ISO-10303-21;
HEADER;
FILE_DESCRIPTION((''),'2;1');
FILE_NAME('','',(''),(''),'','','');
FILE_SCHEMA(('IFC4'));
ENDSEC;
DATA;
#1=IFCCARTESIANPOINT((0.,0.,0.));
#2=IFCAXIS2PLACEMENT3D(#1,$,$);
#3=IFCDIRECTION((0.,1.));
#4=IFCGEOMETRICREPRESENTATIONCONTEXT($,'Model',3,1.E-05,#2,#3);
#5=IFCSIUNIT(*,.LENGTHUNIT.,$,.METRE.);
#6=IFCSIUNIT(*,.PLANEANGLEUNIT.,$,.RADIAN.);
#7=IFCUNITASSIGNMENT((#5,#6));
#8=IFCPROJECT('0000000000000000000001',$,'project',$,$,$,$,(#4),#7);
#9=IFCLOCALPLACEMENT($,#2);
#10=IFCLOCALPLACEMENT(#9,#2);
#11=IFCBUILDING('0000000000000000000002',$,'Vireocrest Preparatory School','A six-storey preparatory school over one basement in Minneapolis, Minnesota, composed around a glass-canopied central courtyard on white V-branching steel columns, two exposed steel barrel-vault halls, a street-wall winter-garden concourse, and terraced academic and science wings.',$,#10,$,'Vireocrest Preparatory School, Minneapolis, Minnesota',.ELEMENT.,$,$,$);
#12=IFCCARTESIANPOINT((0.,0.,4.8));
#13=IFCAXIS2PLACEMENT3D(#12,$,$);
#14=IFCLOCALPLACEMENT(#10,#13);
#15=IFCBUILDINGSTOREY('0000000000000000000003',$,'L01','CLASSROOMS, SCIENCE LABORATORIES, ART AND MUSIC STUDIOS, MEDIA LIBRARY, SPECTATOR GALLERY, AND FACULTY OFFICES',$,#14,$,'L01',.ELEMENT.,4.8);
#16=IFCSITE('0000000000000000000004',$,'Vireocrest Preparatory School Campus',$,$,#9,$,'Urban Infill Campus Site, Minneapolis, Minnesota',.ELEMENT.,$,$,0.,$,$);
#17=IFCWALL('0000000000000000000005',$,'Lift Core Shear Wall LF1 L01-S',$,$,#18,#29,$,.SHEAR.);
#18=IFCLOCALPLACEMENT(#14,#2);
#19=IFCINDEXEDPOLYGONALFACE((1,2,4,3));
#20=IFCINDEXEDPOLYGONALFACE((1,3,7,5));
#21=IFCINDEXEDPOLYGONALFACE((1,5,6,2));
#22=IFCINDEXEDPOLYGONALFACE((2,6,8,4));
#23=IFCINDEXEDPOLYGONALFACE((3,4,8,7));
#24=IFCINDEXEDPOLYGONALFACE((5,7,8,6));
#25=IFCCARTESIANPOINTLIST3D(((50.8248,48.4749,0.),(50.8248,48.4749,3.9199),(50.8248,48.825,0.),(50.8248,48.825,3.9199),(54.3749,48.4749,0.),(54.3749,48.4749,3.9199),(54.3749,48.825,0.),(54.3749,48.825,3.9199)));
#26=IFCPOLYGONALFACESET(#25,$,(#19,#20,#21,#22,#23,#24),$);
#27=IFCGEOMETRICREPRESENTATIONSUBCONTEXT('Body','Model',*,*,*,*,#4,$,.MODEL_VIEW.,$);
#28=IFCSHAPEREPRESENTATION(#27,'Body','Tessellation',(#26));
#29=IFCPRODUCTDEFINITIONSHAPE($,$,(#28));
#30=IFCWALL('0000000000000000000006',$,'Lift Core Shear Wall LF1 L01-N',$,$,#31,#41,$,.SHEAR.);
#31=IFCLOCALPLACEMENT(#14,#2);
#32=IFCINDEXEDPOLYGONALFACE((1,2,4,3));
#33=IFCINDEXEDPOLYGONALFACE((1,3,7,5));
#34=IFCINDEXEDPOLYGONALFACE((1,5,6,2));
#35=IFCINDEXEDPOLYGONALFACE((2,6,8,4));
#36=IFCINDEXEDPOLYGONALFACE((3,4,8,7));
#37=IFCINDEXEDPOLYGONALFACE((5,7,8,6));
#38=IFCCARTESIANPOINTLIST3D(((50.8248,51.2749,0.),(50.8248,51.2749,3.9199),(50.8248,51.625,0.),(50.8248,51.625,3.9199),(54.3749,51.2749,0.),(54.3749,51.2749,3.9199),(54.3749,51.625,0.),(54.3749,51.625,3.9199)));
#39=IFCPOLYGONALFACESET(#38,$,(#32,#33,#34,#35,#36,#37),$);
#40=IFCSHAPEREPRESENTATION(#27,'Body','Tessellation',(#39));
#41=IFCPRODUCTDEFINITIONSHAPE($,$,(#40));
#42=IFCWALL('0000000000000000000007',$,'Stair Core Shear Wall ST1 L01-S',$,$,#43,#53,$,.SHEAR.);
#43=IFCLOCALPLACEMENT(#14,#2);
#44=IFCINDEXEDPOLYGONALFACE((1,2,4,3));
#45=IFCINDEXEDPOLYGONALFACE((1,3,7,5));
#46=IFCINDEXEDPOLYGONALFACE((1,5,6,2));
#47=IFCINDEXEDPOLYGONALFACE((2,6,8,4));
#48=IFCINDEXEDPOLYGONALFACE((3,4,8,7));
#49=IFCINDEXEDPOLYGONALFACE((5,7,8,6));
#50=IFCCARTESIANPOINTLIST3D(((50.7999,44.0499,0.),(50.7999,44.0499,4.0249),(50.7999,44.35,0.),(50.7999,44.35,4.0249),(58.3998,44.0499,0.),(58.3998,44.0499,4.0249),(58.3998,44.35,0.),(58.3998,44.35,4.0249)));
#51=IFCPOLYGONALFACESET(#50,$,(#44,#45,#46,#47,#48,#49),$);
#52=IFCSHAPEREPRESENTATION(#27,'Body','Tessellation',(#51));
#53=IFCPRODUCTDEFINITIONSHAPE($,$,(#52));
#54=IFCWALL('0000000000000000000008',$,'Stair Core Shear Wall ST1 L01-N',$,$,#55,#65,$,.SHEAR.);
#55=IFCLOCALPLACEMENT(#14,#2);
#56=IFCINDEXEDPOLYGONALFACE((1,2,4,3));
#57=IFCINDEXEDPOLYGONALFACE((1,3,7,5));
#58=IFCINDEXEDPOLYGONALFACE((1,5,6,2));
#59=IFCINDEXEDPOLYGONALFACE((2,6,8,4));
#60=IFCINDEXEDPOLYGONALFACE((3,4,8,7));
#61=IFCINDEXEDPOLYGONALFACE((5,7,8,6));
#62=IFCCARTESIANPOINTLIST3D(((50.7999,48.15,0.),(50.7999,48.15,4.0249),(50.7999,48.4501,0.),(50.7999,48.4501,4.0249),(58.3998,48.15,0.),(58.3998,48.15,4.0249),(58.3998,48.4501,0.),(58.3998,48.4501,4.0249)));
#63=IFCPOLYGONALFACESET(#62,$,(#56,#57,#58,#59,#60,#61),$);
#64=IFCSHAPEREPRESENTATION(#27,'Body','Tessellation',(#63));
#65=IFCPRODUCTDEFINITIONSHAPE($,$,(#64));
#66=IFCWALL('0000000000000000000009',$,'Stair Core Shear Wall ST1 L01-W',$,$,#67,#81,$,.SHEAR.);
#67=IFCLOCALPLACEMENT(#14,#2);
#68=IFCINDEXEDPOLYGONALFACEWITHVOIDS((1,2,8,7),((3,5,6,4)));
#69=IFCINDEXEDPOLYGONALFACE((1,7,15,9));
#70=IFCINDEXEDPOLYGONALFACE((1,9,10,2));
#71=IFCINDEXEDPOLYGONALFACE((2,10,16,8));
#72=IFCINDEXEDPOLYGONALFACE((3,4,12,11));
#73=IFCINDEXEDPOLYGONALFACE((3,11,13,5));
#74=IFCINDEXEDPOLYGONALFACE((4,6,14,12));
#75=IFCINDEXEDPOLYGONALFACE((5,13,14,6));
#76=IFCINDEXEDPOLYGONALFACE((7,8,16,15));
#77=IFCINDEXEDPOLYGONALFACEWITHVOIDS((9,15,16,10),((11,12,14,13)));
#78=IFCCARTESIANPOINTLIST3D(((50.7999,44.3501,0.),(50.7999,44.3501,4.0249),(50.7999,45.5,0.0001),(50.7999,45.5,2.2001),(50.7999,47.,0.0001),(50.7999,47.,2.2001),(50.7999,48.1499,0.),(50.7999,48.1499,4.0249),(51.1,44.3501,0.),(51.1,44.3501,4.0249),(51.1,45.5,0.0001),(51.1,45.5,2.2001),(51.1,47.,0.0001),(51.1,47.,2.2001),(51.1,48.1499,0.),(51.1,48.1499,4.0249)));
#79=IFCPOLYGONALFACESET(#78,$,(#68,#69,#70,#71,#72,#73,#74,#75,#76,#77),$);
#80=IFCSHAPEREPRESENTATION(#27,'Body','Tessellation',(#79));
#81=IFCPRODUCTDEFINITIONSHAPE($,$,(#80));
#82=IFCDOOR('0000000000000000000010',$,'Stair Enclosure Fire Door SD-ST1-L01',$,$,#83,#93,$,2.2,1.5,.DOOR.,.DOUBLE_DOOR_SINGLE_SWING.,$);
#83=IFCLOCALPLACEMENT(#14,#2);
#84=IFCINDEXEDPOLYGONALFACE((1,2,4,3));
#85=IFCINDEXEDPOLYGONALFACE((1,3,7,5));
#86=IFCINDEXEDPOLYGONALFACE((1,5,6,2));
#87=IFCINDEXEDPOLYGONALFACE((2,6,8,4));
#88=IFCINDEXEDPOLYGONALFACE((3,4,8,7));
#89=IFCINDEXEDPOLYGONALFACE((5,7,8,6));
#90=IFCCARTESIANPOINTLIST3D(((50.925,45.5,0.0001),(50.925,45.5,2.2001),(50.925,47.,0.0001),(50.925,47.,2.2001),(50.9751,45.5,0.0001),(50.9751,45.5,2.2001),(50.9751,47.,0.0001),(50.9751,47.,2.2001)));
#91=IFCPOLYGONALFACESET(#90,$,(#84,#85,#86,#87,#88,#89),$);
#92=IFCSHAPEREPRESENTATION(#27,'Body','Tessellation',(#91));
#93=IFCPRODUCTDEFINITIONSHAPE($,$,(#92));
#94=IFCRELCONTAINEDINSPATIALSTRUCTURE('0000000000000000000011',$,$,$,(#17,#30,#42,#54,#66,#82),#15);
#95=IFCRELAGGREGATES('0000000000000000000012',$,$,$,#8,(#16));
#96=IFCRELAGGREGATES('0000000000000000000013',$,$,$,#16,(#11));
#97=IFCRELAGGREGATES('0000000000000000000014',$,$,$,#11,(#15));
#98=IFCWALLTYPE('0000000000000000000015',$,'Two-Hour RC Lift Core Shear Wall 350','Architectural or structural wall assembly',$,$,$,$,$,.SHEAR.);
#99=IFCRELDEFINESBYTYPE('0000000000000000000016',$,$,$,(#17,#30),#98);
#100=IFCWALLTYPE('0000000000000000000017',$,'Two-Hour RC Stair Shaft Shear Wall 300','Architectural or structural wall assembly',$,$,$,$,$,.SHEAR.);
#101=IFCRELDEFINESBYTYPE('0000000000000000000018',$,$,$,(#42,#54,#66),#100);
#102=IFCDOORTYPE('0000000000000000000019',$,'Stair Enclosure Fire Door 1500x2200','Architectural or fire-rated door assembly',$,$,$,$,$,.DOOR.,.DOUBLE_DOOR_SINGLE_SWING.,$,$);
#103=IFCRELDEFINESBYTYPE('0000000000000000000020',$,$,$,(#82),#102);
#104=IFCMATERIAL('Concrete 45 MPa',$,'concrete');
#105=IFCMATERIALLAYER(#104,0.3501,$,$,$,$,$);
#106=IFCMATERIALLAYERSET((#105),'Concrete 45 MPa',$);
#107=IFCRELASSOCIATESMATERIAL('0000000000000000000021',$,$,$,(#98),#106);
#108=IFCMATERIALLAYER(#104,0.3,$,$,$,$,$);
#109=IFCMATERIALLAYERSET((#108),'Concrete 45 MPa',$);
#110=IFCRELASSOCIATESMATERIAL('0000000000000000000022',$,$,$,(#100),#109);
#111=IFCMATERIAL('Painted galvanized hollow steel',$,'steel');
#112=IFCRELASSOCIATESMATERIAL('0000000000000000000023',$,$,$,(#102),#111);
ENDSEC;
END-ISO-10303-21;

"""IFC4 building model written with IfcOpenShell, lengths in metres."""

from ifc_helpers import new_model, si_unit, direction, frame, frame_2d, origin, place, context, subcontext, project, spatial, rectangle, extrude, material, layer, layer_set, type_object, element, fill, save


model = new_model("IFC4")

# Units and contexts
model_context = context("Model", 3, precision=1e-05, world=origin(), true_north=direction((0.0, 1.0)))
body_context = subcontext(model_context, "Body", "Model", "MODEL_VIEW")
ifc_project = project(units=[si_unit("LENGTHUNIT", "METRE"), si_unit("PLANEANGLEUNIT", "RADIAN")], contexts=[model_context])

# Site, building, storey
site_placement = place(None, origin())
site = spatial("IfcSite", under=ifc_project, at=site_placement, Name="Vireocrest Preparatory School Campus", LongName="Urban Infill Campus Site, Minneapolis, Minnesota", CompositionType="ELEMENT", RefElevation=0.0)
building_placement = place(site_placement, origin())
building = spatial("IfcBuilding", under=site, at=building_placement, Name="Vireocrest Preparatory School", Description="A six-storey preparatory school over one basement in Minneapolis, Minnesota, composed around a glass-canopied central courtyard on white V-branching steel columns, two exposed steel barrel-vault halls, a street-wall winter-garden concourse, and terraced academic and science wings.", LongName="Vireocrest Preparatory School, Minneapolis, Minnesota", CompositionType="ELEMENT")
storey_placement = place(building_placement, frame((0.0, 0.0, 4.8)))
storey = spatial("IfcBuildingStorey", under=building, at=storey_placement, Name="L01", Description="CLASSROOMS, SCIENCE LABORATORIES, ART AND MUSIC STUDIOS, MEDIA LIBRARY, SPECTATOR GALLERY, AND FACULTY OFFICES", LongName="L01", CompositionType="ELEMENT", Elevation=4.8)

# Shared definitions
ifc_material_1 = material(Name="Concrete 45 MPa", Category="concrete")

# Walls
ifc_layer_1 = layer(ifc_material_1, 0.3501)
ifc_layer_set_1 = layer_set([ifc_layer_1], Name="Concrete 45 MPa")
wall_type_1 = type_object("IfcWallType", Name="Two-Hour RC Lift Core Shear Wall 350", Description="Architectural or structural wall assembly", PredefinedType="SHEAR", material=ifc_layer_set_1)
for number, where, z_axis, x_axis, name in (
    (1, (50.825, 48.6499, 0.0), (0.0, 0.0, 1.0), (1.0, 0.0, 0.0), "Lift Core Shear Wall LF1 L01-S"),
    (2, (50.825, 51.45, 0.0), (0.0, 0.0, 1.0), (1.0, 0.0, 0.0), "Lift Core Shear Wall LF1 L01-N"),
):
    element("IfcWall", number, at=place(storey_placement, frame(where, z_axis=z_axis, x_axis=x_axis)), inside=storey, type_object=wall_type_1, Name=name, PredefinedType="SHEAR", context=body_context, shape_type="SweptSolid", body=[
        extrude(rectangle(XDim=3.55, YDim=0.3501, at=frame_2d((1.7749, 0.0))), origin(), (0.0, 0.0, 1.0), 3.9199),
    ])
ifc_layer_2 = layer(ifc_material_1, 0.3)
ifc_layer_set_2 = layer_set([ifc_layer_2], Name="Concrete 45 MPa")
wall_type_2 = type_object("IfcWallType", Name="Two-Hour RC Stair Shaft Shear Wall 300", Description="Architectural or structural wall assembly", PredefinedType="SHEAR", material=ifc_layer_set_2)
for number, where, z_axis, x_axis, name in (
    (3, (50.8, 44.2, 0.0), (0.0, 0.0, 1.0), (1.0, 0.0, 0.0), "Stair Core Shear Wall ST1 L01-S"),
    (4, (50.8, 48.3, 0.0), (0.0, 0.0, 1.0), (1.0, 0.0, 0.0), "Stair Core Shear Wall ST1 L01-N"),
):
    element("IfcWall", number, at=place(storey_placement, frame(where, z_axis=z_axis, x_axis=x_axis)), inside=storey, type_object=wall_type_2, Name=name, PredefinedType="SHEAR", context=body_context, shape_type="SweptSolid", body=[
        extrude(rectangle(XDim=7.5999, YDim=0.3, at=frame_2d((3.7998, 0.0))), origin(), (0.0, 0.0, 1.0), 4.0249),
    ])

# Wall, opening, door
wall_1_placement = place(storey_placement, frame((50.95, 44.3501, 0.0), z_axis=(0.0, 0.0, 1.0), x_axis=(0.0, 1.0, 0.0)))
wall_1 = element("IfcWall", 5, at=wall_1_placement, inside=storey, type_object=wall_type_2, Name="Stair Core Shear Wall ST1 L01-W", PredefinedType="SHEAR", context=body_context, shape_type="SweptSolid", body=[
    extrude(rectangle(XDim=3.7998, YDim=0.3, at=frame_2d((1.8999, 0.0))), origin(), (0.0, 0.0, 1.0), 4.0249),
])
opening_1_placement = place(wall_1_placement, frame((1.1499, 0.0, 0.0)))
opening_1 = element("IfcOpeningElement", 6, at=opening_1_placement, cuts=wall_1, PredefinedType="OPENING", context=body_context, shape_type="SweptSolid", body=[
    extrude(rectangle(XDim=1.5, YDim=2.2, at=frame_2d((0.75, 1.1001))), frame((0.0, 0.1599, 0.0), z_axis=(0.0, -1.0, 0.0), x_axis=(1.0, 0.0, 0.0)), (0.0, 0.0, 1.0), 0.3201),
])
ifc_material_2 = material(Name="Painted galvanized hollow steel", Category="steel")
door_type_1 = type_object("IfcDoorType", Name="Stair Enclosure Fire Door 1500x2200", Description="Architectural or fire-rated door assembly", OperationType="DOUBLE_DOOR_SINGLE_SWING", PredefinedType="DOOR", material=ifc_material_2)
door_1_placement = place(opening_1_placement, origin())
door_1 = element("IfcDoor", 7, at=door_1_placement, inside=storey, type_object=door_type_1, Name="Stair Enclosure Fire Door SD-ST1-L01", OperationType="DOUBLE_DOOR_SINGLE_SWING", OverallHeight=2.2, OverallWidth=1.5, PredefinedType="DOOR", context=body_context, shape_type="SweptSolid", body=[
    extrude(rectangle(XDim=1.5, YDim=2.2, at=frame_2d((0.75, 1.1001))), frame((0.0, 0.0249, 0.0), z_axis=(0.0, -1.0, 0.0), x_axis=(1.0, 0.0, 0.0)), (0.0, 0.0, 1.0), 0.05),
])
fill(opening_1, door_1)

save(model, "model.ifc")
